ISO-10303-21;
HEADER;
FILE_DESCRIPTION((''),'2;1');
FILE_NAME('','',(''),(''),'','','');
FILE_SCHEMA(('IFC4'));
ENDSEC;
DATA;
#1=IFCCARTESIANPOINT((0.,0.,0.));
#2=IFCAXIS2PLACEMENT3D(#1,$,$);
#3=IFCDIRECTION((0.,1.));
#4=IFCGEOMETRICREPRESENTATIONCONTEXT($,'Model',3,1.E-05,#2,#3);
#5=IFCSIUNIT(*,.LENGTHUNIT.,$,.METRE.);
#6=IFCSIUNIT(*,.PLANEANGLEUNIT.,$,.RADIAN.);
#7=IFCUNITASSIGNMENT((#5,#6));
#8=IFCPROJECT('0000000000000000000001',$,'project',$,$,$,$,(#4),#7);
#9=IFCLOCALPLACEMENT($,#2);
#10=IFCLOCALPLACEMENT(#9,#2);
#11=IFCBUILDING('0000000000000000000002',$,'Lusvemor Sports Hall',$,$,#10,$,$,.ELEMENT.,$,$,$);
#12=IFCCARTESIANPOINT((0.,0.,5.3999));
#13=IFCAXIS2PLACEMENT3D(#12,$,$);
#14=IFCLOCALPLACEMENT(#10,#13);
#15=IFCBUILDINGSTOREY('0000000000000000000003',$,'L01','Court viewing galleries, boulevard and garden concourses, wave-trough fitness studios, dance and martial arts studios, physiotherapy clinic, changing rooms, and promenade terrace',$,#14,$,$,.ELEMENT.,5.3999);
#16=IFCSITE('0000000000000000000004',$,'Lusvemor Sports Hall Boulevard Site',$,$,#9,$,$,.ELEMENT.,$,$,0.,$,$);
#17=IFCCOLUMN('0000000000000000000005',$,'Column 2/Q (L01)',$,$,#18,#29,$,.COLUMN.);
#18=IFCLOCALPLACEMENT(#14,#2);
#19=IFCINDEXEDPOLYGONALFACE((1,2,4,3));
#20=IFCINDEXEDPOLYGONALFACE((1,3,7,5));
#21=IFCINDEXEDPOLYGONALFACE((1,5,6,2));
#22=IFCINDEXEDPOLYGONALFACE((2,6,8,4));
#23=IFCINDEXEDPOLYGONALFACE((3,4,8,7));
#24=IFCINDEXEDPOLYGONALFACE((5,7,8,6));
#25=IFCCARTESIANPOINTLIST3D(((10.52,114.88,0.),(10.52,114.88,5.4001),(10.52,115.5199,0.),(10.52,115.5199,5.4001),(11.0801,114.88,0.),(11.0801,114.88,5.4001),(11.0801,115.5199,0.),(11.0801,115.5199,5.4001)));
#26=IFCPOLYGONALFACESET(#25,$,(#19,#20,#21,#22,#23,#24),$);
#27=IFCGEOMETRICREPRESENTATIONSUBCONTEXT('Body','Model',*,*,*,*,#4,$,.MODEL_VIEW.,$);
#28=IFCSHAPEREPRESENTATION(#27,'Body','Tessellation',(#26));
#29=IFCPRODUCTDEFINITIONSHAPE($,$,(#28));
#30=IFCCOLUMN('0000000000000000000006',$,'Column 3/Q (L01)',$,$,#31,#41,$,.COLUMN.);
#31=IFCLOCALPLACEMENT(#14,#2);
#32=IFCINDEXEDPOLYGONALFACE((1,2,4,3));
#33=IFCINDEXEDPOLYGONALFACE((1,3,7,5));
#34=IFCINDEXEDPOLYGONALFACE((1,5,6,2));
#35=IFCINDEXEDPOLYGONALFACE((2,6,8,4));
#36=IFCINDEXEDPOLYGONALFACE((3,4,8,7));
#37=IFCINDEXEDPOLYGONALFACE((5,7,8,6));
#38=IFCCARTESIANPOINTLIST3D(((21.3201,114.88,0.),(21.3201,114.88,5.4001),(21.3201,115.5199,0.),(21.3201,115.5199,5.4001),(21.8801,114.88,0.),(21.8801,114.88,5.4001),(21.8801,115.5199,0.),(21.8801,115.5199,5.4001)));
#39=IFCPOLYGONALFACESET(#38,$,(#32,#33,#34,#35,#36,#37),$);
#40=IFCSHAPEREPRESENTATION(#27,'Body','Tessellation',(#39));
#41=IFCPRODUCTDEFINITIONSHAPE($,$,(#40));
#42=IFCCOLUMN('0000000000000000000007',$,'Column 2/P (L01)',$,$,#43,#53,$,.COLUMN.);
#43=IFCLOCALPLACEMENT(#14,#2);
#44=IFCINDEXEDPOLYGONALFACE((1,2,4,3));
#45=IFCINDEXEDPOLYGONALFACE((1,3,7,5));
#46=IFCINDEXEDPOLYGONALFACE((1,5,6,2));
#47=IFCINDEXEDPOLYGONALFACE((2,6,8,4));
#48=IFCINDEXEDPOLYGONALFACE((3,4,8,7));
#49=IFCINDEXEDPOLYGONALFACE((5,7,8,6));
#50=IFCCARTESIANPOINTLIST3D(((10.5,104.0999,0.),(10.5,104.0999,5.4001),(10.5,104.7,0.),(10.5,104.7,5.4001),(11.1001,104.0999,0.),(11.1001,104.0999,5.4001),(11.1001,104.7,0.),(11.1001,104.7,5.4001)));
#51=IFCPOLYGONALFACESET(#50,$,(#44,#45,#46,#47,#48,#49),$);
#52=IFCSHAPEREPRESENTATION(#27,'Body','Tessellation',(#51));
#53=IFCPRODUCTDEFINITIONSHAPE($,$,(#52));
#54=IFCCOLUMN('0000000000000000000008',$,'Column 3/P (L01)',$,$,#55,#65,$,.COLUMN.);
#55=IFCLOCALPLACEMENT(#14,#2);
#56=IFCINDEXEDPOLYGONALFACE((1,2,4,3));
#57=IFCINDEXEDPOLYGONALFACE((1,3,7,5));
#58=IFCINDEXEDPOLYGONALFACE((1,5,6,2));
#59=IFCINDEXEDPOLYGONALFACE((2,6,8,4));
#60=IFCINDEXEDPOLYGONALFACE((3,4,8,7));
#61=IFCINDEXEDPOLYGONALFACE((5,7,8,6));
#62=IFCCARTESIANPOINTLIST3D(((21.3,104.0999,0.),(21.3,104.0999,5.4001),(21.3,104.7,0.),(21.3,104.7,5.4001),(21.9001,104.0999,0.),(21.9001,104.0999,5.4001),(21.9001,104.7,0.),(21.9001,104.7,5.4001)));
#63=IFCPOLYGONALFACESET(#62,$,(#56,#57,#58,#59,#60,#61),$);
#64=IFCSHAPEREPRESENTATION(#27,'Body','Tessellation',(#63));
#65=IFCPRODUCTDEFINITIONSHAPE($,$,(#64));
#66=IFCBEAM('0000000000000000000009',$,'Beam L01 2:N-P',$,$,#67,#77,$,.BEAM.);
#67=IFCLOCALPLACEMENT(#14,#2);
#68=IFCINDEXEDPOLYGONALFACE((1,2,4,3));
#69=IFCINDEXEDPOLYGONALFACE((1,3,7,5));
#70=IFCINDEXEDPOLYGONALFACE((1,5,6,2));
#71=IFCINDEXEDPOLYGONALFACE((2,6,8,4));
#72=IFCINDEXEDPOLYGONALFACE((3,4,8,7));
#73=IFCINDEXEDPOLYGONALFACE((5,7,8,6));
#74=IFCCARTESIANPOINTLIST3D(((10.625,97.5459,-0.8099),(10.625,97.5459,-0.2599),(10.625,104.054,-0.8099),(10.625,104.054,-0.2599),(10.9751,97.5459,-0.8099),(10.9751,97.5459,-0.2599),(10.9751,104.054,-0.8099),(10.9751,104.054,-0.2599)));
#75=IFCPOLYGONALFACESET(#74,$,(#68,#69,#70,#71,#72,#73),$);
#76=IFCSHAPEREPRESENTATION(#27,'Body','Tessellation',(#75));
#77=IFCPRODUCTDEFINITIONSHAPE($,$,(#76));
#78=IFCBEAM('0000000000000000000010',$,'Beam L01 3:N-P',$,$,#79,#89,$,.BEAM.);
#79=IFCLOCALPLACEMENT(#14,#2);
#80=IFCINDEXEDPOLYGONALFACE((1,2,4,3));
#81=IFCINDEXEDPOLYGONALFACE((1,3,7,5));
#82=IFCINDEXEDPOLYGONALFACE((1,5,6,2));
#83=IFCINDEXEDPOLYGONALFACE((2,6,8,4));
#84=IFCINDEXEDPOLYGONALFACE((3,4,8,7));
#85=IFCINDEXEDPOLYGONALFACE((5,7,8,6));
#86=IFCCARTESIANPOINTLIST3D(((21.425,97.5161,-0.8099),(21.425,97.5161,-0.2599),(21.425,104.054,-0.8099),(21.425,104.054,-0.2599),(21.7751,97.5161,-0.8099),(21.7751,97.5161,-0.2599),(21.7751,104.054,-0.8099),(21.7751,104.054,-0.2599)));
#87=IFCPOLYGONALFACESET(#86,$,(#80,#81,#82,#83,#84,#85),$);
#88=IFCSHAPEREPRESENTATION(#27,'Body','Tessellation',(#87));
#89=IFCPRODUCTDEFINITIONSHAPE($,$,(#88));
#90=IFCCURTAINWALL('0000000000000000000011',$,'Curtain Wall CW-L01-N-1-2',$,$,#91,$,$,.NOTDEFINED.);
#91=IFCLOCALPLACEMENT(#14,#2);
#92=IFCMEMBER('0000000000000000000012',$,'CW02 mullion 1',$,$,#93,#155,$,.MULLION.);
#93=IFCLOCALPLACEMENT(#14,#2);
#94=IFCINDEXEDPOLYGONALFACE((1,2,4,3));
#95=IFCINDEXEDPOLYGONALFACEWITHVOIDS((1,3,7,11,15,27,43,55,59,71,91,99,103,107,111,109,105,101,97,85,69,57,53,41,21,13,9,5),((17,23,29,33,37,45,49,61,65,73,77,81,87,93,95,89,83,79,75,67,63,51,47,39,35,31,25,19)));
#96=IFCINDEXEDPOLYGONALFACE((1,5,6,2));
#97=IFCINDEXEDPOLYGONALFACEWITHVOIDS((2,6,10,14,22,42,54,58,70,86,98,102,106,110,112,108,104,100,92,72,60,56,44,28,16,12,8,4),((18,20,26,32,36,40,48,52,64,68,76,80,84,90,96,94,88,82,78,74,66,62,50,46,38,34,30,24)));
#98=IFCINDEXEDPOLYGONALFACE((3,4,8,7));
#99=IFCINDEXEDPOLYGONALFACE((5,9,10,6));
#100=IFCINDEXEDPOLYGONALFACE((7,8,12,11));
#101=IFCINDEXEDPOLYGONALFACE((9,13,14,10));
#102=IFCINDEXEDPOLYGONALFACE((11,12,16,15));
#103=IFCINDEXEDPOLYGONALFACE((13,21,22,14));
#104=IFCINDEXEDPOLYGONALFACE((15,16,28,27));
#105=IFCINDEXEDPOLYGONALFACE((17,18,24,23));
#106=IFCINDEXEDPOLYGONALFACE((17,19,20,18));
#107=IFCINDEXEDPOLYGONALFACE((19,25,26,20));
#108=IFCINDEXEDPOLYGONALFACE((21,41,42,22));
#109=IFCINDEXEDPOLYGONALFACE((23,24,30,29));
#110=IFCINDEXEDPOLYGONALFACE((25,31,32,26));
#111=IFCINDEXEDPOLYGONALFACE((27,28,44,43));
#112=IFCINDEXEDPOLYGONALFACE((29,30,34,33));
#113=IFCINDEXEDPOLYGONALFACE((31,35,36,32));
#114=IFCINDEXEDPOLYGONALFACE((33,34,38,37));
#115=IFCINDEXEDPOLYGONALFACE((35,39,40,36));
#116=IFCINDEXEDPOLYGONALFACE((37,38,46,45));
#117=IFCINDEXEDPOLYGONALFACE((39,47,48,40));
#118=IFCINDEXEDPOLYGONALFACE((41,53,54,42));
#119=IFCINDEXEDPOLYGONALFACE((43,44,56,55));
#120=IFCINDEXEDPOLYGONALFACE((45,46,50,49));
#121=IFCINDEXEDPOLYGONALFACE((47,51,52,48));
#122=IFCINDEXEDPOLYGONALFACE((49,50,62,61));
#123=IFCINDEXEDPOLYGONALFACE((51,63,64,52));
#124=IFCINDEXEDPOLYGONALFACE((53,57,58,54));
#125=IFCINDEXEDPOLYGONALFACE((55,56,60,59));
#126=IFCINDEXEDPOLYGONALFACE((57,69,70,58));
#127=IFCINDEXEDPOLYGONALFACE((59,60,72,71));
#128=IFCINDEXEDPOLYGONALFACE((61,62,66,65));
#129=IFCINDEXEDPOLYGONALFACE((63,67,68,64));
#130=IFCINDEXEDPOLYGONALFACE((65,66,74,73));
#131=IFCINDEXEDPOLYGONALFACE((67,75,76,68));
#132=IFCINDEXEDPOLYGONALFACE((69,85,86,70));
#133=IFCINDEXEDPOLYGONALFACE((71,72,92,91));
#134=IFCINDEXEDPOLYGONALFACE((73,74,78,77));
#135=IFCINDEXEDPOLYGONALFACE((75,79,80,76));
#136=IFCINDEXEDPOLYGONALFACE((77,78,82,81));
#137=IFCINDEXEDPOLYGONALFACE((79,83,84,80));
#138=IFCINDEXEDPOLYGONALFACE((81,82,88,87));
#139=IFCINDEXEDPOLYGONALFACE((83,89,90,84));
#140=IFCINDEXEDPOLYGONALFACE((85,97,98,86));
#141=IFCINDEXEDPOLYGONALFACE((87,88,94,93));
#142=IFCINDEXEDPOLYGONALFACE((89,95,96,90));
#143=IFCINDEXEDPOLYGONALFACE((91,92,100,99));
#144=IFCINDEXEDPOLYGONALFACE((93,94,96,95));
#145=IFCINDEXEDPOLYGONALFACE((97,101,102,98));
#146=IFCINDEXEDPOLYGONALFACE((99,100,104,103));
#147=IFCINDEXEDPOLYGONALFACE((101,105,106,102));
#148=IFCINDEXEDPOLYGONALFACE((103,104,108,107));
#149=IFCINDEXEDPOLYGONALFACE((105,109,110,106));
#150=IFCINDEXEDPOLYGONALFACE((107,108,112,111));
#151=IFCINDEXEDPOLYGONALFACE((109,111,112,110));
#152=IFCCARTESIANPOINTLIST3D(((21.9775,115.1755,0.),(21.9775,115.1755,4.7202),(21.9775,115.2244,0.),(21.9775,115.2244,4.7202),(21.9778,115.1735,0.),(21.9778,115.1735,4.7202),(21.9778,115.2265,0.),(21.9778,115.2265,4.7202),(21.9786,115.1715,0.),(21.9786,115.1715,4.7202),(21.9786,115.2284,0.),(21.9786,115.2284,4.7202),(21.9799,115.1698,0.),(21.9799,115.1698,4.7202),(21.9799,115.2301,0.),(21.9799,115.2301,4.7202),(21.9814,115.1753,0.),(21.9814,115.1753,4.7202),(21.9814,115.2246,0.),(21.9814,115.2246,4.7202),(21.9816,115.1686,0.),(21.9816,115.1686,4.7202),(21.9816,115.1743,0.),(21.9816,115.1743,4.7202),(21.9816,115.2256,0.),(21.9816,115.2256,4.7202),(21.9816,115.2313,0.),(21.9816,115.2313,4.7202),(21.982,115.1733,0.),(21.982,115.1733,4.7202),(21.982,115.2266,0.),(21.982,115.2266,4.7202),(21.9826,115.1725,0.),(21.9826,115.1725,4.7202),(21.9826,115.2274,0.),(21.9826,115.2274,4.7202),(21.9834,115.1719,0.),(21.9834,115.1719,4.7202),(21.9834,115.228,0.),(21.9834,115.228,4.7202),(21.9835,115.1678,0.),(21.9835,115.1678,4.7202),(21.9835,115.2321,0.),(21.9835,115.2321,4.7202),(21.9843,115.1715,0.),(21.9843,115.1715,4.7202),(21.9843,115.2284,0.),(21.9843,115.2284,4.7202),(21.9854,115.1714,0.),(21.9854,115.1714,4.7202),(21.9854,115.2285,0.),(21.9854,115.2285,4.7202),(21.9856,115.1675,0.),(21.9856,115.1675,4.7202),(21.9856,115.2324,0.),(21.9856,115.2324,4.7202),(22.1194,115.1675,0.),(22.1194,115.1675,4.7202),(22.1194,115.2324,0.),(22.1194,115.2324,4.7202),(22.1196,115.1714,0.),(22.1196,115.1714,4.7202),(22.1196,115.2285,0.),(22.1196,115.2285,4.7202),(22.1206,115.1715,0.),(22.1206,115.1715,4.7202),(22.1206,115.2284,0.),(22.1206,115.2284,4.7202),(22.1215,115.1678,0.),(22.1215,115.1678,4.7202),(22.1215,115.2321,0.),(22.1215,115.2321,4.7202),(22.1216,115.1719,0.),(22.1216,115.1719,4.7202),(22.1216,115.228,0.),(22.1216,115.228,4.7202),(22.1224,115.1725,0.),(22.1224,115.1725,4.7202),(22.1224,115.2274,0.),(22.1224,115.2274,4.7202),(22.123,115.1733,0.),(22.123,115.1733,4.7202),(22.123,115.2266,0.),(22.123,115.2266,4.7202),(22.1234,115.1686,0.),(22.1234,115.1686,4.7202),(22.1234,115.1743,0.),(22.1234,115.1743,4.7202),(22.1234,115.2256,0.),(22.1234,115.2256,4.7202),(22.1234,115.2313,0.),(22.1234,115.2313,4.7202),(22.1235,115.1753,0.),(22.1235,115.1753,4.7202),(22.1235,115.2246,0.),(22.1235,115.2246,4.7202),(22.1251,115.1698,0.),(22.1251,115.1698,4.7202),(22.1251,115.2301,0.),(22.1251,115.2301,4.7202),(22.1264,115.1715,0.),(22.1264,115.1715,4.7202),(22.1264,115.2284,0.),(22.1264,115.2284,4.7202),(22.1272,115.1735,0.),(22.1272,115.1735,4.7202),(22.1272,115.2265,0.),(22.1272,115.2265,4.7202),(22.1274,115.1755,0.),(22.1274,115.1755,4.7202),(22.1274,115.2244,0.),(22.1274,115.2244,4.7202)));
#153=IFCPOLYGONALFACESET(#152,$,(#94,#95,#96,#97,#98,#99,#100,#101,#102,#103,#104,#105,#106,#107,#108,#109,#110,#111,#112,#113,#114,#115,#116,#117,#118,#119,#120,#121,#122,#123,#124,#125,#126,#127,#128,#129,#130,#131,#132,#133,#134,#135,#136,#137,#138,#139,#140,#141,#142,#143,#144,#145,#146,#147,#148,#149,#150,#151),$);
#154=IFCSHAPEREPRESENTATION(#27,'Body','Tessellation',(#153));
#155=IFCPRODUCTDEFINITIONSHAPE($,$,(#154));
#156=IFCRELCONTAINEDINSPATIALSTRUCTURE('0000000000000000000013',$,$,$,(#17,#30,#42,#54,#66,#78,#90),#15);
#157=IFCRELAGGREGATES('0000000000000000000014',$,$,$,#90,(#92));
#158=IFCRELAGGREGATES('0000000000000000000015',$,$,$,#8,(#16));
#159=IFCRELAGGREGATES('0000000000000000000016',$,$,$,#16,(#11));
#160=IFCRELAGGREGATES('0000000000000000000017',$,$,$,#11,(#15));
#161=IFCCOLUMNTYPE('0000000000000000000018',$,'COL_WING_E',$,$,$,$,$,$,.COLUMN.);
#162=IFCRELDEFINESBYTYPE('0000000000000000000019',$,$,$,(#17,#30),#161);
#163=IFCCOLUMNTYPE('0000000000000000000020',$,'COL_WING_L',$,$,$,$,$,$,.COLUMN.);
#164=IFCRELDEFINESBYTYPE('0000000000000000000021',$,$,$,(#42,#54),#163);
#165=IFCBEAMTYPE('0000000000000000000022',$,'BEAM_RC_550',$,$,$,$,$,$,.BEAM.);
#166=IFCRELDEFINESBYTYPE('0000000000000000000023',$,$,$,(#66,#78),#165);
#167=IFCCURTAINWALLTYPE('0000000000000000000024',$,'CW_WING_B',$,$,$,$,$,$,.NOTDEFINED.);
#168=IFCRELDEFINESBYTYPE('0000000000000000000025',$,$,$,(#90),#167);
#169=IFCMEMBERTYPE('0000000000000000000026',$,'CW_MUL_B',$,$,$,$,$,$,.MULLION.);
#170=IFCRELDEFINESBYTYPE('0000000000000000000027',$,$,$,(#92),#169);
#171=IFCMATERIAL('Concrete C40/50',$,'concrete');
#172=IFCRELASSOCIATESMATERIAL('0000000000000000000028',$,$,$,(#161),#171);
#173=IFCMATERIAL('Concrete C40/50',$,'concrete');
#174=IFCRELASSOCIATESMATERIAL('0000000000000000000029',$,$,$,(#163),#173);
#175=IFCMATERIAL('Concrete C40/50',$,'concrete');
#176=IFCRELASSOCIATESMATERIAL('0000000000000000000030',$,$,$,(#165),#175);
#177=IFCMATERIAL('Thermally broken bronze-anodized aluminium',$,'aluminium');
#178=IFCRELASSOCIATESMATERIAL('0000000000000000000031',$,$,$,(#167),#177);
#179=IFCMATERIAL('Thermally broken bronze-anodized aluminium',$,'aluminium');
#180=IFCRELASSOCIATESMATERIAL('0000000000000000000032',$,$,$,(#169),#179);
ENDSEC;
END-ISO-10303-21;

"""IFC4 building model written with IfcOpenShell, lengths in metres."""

from ifc_helpers import new_model, si_unit, direction, frame, origin, origin_2d, place, context, subcontext, project, spatial, rectangle, hollow_rectangle, extrude, material, material_profile, profile_set, type_object, element, aggregate, save


model = new_model("IFC4")

# Units and contexts
model_context = context("Model", 3, precision=1e-05, world=origin(), true_north=direction((0.0, 1.0)))
body_context = subcontext(model_context, "Body", "Model", "MODEL_VIEW")
ifc_project = project(units=[si_unit("LENGTHUNIT", "METRE"), si_unit("PLANEANGLEUNIT", "RADIAN")], contexts=[model_context])

# Site, building, storey
site_placement = place(None, origin())
site = spatial("IfcSite", under=ifc_project, at=site_placement, Name="Lusvemor Sports Hall Boulevard Site", CompositionType="ELEMENT", RefElevation=0.0)
building_placement = place(site_placement, origin())
building = spatial("IfcBuilding", under=site, at=building_placement, Name="Lusvemor Sports Hall", CompositionType="ELEMENT")
storey_placement = place(building_placement, frame((0.0, 0.0, 5.3999)))
storey = spatial("IfcBuildingStorey", under=building, at=storey_placement, Name="L01", Description="Court viewing galleries, boulevard and garden concourses, wave-trough fitness studios, dance and martial arts studios, physiotherapy clinic, changing rooms, and promenade terrace", CompositionType="ELEMENT", Elevation=5.3999)

# Columns
ifc_material_1 = material(Name="Concrete C40/50", Category="concrete")
ifc_material_profile_1 = material_profile(ifc_material_1, rectangle(XDim=0.5601, YDim=0.6399, at=origin_2d()), Name="RC560x640")
ifc_profile_set_1 = profile_set([ifc_material_profile_1], Name="Concrete C40/50")
column_type_1 = type_object("IfcColumnType", Name="COL_WING_E", PredefinedType="COLUMN", material=ifc_profile_set_1)
for number, where, z_axis, x_axis, name in (
    (1, (10.8, 115.2, 0.0), (0.0, 0.0, 1.0), (1.0, 0.0, 0.0), "Column 2/Q (L01)"),
    (2, (21.6001, 115.2, 0.0), (0.0, 0.0, 1.0), (1.0, 0.0, 0.0), "Column 3/Q (L01)"),
):
    element("IfcColumn", number, at=place(storey_placement, frame(where, z_axis=z_axis, x_axis=x_axis)), inside=storey, type_object=column_type_1, Name=name, PredefinedType="COLUMN", context=body_context, shape_type="SweptSolid", body=[
        extrude(rectangle(XDim=0.5601, YDim=0.6399, at=origin_2d()), origin(), (0.0, 0.0, 1.0), 5.4001),
    ])
ifc_material_2 = material(Name="Concrete C40/50", Category="concrete")
ifc_material_profile_2 = material_profile(ifc_material_2, rectangle(XDim=0.6001, YDim=0.6001, at=origin_2d()), Name="RC600x600")
ifc_profile_set_2 = profile_set([ifc_material_profile_2], Name="Concrete C40/50")
column_type_2 = type_object("IfcColumnType", Name="COL_WING_L", PredefinedType="COLUMN", material=ifc_profile_set_2)
for number, where, z_axis, x_axis, name in (
    (3, (10.8, 104.3999, 0.0), (0.0, 0.0, 1.0), (1.0, 0.0, 0.0), "Column 2/P (L01)"),
    (4, (21.6001, 104.3999, 0.0), (0.0, 0.0, 1.0), (1.0, 0.0, 0.0), "Column 3/P (L01)"),
):
    element("IfcColumn", number, at=place(storey_placement, frame(where, z_axis=z_axis, x_axis=x_axis)), inside=storey, type_object=column_type_2, Name=name, PredefinedType="COLUMN", context=body_context, shape_type="SweptSolid", body=[
        extrude(rectangle(XDim=0.6001, YDim=0.6001, at=origin_2d()), origin(), (0.0, 0.0, 1.0), 5.4001),
    ])

# Beams
ifc_material_3 = material(Name="Concrete C40/50", Category="concrete")
ifc_material_profile_3 = material_profile(ifc_material_3, rectangle(XDim=0.3501, YDim=0.55, at=origin_2d()), Name="RC350x550")
ifc_profile_set_3 = profile_set([ifc_material_profile_3], Name="Concrete C40/50")
beam_type_1 = type_object("IfcBeamType", Name="BEAM_RC_550", PredefinedType="BEAM", material=ifc_profile_set_3)
beam_1_placement = place(storey_placement, frame((10.8, 97.5459, -0.5349), z_axis=(0.0, 1.0, 0.0), x_axis=(-1.0, 0.0, 0.0)))
element("IfcBeam", 5, at=beam_1_placement, inside=storey, type_object=beam_type_1, Name="Beam L01 2:N-P", PredefinedType="BEAM", context=body_context, shape_type="SweptSolid", body=[
    extrude(rectangle(XDim=0.3501, YDim=0.55, at=origin_2d()), origin(), (0.0, 0.0, 1.0), 6.5081),
])
beam_2_placement = place(storey_placement, frame((21.6001, 97.5161, -0.5349), z_axis=(0.0, 1.0, 0.0), x_axis=(-1.0, 0.0, 0.0)))
element("IfcBeam", 6, at=beam_2_placement, inside=storey, type_object=beam_type_1, Name="Beam L01 3:N-P", PredefinedType="BEAM", context=body_context, shape_type="SweptSolid", body=[
    extrude(rectangle(XDim=0.3501, YDim=0.55, at=origin_2d()), origin(), (0.0, 0.0, 1.0), 6.5378),
])

# Curtain wall, member
ifc_material_4 = material(Name="Thermally broken bronze-anodized aluminium", Category="aluminium")
curtain_wall_type = type_object("IfcCurtainWallType", Name="CW_WING_B", PredefinedType="NOTDEFINED", material=ifc_material_4)
curtain_wall_1_placement = place(storey_placement, origin())
curtain_wall_1 = element("IfcCurtainWall", 7, at=curtain_wall_1_placement, inside=storey, type_object=curtain_wall_type, Name="Curtain Wall CW-L01-N-1-2", PredefinedType="NOTDEFINED")
ifc_material_5 = material(Name="Thermally broken bronze-anodized aluminium", Category="aluminium")
ifc_material_profile_4 = material_profile(ifc_material_5, hollow_rectangle(XDim=0.0649, YDim=0.1499, WallThickness=0.0039, InnerFilletRadius=0.0039, OuterFilletRadius=0.0081, at=origin_2d()), Name="CWMUL150x65x4")
ifc_profile_set_4 = profile_set([ifc_material_profile_4], Name="Thermally broken bronze-anodized aluminium")
member_type_1 = type_object("IfcMemberType", Name="CW_MUL_B", PredefinedType="MULLION", material=ifc_profile_set_4)
member_1_placement = place(storey_placement, frame((22.0525, 115.2, 0.0), z_axis=(0.0, 0.0, 1.0), x_axis=(0.0, 1.0, 0.0)))
member_1 = element("IfcMember", 8, at=member_1_placement, type_object=member_type_1, Name="CW02 mullion 1", PredefinedType="MULLION", context=body_context, shape_type="SweptSolid", body=[
    extrude(hollow_rectangle(XDim=0.0649, YDim=0.1499, WallThickness=0.0039, InnerFilletRadius=0.0039, OuterFilletRadius=0.0081, at=origin_2d()), origin(), (0.0, 0.0, 1.0), 4.7202),
])

aggregate(curtain_wall_1, [member_1])

save(model, "model.ifc")
